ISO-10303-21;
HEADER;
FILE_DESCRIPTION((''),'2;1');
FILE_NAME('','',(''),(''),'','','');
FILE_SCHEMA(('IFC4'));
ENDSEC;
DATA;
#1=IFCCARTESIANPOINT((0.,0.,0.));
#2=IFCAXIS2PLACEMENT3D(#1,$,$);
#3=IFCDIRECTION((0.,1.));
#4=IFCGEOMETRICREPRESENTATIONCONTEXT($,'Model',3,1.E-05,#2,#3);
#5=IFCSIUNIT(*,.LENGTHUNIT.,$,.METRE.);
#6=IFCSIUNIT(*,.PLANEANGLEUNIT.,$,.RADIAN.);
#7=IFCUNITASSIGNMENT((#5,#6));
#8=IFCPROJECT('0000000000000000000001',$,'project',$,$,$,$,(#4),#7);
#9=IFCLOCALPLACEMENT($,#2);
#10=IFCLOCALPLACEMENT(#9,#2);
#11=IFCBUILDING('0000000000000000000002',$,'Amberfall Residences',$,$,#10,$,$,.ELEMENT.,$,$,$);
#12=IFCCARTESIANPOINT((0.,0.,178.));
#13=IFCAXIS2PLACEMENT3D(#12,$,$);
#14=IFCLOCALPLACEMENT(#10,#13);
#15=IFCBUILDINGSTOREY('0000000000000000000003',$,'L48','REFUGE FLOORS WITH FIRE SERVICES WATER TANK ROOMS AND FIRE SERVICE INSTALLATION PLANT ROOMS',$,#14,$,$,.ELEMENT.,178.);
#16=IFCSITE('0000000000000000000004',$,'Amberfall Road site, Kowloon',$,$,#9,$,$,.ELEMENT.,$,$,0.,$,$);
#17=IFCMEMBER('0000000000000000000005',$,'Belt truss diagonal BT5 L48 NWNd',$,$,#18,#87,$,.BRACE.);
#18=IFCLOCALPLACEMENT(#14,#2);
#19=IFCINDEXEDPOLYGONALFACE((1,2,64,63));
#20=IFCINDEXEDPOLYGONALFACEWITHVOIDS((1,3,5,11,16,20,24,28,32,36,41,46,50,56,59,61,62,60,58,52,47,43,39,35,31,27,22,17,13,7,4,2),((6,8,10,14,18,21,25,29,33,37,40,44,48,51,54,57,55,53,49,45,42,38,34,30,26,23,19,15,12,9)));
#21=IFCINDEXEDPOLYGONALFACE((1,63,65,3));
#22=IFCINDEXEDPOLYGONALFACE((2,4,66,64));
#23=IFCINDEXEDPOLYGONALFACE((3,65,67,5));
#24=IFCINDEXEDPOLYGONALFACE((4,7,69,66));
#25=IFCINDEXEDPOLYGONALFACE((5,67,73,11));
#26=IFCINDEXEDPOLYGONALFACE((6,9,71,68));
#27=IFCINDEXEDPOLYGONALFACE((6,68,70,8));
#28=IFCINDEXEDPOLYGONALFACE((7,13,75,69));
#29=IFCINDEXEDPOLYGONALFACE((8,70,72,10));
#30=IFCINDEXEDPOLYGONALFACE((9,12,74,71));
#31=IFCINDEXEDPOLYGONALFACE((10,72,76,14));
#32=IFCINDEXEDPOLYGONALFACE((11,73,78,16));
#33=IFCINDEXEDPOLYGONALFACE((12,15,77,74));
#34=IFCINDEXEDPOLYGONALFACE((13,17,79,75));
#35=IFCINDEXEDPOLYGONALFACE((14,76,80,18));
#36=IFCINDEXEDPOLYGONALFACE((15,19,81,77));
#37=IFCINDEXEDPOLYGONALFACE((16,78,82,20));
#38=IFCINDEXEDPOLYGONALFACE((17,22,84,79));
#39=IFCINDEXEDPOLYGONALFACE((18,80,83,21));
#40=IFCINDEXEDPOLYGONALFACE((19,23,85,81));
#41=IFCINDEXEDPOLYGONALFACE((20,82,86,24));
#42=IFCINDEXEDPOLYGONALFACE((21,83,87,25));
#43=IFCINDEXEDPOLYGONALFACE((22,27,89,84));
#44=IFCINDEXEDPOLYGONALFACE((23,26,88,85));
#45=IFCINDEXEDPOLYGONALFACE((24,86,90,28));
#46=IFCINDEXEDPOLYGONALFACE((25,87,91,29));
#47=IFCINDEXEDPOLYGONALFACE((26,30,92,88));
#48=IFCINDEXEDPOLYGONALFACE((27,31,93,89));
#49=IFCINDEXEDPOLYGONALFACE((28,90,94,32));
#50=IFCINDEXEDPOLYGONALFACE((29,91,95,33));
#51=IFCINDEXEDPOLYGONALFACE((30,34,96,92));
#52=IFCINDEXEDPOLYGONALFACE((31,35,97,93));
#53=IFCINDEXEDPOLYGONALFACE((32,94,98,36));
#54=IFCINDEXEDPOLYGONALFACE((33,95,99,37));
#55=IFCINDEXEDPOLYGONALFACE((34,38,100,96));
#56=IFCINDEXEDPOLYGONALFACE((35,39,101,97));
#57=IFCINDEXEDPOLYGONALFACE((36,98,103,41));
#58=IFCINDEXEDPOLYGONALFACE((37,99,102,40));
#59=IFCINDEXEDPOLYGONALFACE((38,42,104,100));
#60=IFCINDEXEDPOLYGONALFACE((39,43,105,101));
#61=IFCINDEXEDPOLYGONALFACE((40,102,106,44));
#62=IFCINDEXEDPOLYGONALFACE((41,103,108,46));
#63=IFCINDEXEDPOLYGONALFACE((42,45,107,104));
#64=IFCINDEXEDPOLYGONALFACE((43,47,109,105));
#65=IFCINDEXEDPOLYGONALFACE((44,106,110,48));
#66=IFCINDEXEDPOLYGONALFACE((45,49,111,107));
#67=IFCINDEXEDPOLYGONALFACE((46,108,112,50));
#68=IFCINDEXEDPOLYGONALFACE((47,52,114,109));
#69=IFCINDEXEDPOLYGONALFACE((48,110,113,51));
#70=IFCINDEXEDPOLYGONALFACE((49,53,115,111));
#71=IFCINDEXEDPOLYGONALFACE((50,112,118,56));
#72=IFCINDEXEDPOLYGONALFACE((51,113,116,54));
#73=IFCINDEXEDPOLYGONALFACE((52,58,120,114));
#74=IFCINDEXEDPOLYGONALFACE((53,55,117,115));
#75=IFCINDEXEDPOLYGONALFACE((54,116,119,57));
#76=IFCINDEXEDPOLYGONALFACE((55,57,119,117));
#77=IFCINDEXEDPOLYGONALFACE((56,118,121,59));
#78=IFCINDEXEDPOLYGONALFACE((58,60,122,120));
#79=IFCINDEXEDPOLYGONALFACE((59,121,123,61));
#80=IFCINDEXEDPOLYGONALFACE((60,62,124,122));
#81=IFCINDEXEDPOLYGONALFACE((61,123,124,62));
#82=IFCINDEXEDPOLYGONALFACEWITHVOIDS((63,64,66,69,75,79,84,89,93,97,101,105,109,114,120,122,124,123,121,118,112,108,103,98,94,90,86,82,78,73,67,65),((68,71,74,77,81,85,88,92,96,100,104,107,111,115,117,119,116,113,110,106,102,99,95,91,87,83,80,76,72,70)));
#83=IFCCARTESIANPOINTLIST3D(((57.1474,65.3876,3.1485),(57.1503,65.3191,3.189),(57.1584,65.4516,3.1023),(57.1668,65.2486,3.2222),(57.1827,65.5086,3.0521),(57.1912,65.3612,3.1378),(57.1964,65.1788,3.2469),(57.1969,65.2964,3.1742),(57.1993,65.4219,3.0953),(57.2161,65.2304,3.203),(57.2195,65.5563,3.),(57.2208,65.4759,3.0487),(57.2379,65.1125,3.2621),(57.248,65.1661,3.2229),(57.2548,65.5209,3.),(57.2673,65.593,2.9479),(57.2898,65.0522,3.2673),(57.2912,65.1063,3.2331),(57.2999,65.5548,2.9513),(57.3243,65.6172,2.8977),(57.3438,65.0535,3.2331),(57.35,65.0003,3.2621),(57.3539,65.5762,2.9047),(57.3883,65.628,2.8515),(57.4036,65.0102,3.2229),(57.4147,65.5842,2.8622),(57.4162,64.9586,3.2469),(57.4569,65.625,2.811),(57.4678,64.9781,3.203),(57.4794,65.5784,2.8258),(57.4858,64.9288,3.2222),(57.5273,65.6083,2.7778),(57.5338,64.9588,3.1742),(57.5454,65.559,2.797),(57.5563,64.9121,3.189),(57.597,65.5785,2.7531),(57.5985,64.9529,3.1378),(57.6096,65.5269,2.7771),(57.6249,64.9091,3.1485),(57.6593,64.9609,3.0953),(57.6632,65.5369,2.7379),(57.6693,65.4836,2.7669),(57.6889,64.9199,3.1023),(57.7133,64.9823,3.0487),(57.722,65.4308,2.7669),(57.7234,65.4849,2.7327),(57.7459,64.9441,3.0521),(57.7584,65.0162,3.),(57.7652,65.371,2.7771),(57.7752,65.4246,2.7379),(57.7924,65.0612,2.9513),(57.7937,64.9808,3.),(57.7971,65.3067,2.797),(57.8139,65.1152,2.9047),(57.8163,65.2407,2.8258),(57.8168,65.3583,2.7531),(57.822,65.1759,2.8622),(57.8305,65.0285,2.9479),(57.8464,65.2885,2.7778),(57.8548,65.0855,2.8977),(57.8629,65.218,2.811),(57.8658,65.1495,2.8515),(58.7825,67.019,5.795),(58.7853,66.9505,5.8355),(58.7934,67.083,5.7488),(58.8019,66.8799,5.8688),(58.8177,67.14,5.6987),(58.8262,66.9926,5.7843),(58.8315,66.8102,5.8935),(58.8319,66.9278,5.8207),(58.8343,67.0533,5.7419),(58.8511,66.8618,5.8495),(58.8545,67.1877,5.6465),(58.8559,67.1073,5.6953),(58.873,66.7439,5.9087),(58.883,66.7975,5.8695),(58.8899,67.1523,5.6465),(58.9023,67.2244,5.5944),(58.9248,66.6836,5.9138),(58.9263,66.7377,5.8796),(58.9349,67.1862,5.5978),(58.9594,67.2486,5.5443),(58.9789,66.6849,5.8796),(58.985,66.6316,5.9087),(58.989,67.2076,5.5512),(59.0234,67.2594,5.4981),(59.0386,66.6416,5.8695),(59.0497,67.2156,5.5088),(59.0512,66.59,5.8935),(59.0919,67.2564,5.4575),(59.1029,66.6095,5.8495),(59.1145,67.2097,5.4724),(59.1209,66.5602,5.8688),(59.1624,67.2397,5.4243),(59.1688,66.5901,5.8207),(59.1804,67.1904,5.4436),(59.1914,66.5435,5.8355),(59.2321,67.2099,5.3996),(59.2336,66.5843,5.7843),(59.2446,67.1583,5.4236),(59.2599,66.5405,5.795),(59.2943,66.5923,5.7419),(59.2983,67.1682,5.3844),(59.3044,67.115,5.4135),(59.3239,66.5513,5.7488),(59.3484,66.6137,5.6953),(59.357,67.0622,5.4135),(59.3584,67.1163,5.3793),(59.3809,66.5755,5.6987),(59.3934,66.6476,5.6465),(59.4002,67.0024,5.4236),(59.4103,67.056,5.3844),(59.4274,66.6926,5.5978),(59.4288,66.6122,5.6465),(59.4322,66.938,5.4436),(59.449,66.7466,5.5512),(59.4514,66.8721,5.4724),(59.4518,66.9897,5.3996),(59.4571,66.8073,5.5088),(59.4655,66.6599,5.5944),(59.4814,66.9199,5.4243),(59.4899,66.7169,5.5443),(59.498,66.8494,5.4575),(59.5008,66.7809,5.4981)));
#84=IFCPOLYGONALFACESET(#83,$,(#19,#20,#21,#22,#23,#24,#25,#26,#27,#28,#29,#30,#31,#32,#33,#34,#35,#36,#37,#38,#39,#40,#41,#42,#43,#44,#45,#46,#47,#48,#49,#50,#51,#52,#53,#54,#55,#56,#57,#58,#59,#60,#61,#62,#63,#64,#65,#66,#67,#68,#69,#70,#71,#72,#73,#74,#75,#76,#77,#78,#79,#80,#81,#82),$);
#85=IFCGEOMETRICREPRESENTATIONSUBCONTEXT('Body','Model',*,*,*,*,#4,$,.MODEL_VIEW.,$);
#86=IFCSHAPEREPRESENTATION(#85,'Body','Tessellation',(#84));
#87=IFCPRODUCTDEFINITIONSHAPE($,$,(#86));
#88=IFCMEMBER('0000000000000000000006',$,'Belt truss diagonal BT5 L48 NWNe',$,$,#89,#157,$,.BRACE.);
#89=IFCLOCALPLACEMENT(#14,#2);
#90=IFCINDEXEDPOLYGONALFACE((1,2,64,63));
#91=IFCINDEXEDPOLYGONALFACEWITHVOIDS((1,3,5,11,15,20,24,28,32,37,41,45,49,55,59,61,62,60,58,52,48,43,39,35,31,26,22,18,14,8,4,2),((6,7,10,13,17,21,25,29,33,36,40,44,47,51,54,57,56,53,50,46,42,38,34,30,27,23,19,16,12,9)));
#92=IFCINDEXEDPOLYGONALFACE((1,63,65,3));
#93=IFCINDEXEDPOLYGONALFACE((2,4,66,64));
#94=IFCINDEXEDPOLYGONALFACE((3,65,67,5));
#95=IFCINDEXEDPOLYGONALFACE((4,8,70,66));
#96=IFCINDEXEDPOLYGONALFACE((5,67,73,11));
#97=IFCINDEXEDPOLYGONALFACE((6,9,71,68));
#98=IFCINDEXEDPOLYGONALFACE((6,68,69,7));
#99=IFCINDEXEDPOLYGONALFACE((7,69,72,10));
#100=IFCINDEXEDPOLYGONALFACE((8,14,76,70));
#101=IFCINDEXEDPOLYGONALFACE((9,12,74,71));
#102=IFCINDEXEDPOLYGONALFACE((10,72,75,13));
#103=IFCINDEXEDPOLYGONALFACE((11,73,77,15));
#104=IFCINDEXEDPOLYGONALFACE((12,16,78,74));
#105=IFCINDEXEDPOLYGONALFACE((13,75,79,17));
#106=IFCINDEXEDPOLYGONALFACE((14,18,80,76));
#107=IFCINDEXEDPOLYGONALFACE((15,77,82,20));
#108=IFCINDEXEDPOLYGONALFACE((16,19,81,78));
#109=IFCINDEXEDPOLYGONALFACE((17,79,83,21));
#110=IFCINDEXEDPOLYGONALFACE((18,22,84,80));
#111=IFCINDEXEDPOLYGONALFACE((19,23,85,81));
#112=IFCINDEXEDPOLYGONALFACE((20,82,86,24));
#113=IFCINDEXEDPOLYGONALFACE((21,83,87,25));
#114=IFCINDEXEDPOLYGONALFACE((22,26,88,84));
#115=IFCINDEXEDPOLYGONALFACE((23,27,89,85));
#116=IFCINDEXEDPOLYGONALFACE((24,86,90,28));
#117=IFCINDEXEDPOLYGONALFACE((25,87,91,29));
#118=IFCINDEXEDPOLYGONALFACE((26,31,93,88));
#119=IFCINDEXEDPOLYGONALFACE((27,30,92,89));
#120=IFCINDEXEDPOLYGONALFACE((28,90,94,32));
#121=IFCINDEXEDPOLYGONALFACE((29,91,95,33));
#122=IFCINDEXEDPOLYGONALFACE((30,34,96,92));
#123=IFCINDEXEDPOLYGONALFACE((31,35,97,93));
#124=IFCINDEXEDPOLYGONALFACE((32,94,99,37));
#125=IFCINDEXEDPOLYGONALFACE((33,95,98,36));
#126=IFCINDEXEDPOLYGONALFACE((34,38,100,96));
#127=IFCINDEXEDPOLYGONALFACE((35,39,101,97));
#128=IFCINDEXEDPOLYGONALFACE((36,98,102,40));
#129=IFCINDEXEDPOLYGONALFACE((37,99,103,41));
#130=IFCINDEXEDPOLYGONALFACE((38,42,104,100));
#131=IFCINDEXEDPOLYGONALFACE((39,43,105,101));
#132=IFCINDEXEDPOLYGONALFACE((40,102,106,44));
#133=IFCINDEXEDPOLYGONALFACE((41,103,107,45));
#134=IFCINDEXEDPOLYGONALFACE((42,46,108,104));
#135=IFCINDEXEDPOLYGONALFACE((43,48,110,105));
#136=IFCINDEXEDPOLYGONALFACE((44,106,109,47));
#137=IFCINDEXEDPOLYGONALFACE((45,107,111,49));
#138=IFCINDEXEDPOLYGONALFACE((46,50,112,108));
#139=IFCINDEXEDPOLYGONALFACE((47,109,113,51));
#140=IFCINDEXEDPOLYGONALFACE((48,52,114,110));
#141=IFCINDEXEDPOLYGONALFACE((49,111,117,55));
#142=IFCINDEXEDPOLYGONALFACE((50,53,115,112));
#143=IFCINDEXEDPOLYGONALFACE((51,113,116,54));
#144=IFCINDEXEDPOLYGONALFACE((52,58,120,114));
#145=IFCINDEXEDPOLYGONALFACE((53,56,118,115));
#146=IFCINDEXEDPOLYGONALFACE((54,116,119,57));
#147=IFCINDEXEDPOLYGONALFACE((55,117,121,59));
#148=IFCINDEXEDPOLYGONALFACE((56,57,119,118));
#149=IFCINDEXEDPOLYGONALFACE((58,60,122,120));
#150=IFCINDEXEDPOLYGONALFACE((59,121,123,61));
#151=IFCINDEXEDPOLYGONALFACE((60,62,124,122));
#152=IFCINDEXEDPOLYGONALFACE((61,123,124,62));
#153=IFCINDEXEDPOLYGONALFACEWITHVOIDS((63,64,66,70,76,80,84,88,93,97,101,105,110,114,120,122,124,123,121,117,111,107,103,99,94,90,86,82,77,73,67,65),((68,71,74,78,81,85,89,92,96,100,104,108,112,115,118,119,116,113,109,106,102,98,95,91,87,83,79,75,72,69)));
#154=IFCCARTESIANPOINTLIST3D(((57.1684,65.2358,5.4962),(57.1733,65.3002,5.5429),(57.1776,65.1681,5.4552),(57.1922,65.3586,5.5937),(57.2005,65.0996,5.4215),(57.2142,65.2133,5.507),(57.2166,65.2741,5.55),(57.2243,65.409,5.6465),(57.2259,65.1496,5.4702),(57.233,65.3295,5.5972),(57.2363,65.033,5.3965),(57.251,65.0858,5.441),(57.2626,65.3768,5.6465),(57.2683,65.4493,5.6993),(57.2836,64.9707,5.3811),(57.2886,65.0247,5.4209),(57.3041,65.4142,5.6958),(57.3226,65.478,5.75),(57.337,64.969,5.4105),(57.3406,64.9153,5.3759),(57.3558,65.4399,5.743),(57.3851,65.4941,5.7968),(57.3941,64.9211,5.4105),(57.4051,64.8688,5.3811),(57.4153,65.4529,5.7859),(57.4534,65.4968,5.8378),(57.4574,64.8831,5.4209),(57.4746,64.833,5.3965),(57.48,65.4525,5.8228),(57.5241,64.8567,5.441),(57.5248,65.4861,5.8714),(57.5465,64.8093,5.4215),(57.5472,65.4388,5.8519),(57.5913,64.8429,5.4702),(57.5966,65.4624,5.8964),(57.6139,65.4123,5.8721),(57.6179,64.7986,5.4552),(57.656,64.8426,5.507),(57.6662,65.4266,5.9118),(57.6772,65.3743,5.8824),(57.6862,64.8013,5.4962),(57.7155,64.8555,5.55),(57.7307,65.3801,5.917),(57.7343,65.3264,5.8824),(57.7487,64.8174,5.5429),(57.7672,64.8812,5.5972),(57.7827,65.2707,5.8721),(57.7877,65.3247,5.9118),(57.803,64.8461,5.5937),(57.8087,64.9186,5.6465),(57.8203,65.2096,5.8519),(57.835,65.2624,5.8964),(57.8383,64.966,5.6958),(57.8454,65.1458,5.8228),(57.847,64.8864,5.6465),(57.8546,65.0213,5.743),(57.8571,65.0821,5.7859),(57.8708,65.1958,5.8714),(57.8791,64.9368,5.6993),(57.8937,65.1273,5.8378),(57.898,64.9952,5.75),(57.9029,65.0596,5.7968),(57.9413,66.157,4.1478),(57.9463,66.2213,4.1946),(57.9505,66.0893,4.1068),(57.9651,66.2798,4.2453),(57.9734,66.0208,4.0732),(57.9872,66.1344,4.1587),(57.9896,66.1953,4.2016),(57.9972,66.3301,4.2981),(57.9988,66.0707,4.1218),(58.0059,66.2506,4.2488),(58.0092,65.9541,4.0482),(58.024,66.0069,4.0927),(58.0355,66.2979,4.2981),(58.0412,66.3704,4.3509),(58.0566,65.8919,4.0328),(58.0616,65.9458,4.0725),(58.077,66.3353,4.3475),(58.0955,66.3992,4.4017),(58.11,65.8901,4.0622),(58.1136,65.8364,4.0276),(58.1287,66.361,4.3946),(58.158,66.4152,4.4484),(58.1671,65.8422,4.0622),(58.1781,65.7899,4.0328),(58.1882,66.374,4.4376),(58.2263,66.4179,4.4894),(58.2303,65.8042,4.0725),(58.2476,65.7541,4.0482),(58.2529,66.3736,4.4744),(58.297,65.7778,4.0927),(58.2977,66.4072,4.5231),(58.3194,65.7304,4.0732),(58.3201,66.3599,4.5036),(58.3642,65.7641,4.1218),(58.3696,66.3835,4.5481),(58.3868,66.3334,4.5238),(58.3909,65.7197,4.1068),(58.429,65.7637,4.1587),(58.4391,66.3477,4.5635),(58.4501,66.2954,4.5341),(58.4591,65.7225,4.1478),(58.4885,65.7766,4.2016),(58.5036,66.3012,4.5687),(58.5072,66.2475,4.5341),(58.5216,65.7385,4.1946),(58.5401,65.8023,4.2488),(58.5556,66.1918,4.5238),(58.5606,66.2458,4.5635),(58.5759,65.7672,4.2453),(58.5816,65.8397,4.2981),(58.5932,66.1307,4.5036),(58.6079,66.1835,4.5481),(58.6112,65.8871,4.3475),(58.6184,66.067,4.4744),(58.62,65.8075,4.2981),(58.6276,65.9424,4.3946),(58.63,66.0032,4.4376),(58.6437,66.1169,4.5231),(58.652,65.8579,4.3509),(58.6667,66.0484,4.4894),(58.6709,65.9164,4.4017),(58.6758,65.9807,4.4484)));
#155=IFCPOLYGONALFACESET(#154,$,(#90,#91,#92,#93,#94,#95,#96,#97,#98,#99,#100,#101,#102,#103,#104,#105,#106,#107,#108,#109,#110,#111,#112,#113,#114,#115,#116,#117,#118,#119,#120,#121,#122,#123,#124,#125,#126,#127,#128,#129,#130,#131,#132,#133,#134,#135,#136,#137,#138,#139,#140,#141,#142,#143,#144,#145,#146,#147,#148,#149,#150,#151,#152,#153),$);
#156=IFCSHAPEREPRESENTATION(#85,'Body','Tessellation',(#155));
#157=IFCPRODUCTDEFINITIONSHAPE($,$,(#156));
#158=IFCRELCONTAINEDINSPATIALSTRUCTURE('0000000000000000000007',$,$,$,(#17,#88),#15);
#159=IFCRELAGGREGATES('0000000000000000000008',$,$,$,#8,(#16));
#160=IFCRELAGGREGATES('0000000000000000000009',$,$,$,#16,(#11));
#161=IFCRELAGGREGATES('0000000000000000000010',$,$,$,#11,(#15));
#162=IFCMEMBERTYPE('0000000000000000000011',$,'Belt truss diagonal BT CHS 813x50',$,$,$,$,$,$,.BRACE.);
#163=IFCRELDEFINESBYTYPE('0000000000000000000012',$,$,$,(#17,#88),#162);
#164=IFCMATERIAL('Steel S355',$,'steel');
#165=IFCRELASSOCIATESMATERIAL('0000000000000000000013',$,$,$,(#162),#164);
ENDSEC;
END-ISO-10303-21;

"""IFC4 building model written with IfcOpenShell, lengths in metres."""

from ifc_helpers import new_model, si_unit, direction, frame, origin, origin_2d, place, context, subcontext, project, spatial, hollow_circle, extrude, material, material_profile, profile_set, type_object, element, save


model = new_model("IFC4")

# Units and contexts
model_context = context("Model", 3, precision=1e-05, world=origin(), true_north=direction((0.0, 1.0)))
body_context = subcontext(model_context, "Body", "Model", "MODEL_VIEW")
ifc_project = project(units=[si_unit("LENGTHUNIT", "METRE"), si_unit("PLANEANGLEUNIT", "RADIAN")], contexts=[model_context])

# Site, building, storey
site_placement = place(None, origin())
site = spatial("IfcSite", under=ifc_project, at=site_placement, Name="Amberfall Road site, Kowloon", CompositionType="ELEMENT", RefElevation=0.0)
building_placement = place(site_placement, origin())
building = spatial("IfcBuilding", under=site, at=building_placement, Name="Amberfall Residences", CompositionType="ELEMENT")
storey_placement = place(building_placement, frame((0.0, 0.0, 178.0)))
storey = spatial("IfcBuildingStorey", under=building, at=storey_placement, Name="L48", Description="REFUGE FLOORS WITH FIRE SERVICES WATER TANK ROOMS AND FIRE SERVICE INSTALLATION PLANT ROOMS", CompositionType="ELEMENT", Elevation=178.0)

# Shared definitions
ifc_material_1 = material(Name="Steel S355", Category="steel")

# Members
ifc_material_profile_1 = material_profile(ifc_material_1, hollow_circle(Radius=0.4065, WallThickness=0.05, at=origin_2d()), Name="CHS 813x50")
ifc_profile_set_1 = profile_set([ifc_material_profile_1], Name="Steel S355")
member_type = type_object("IfcMemberType", Name="Belt truss diagonal BT CHS 813x50", PredefinedType="BRACE", material=ifc_profile_set_1)
member_1_placement = place(storey_placement, frame((57.5066, 65.2686, 3.0), z_axis=(0.465469, 0.464426, 0.753424), x_axis=(-0.706314, 0.707899, 0.0)))
element("IfcMember", 1, at=member_1_placement, inside=storey, type_object=member_type, Name="Belt truss diagonal BT5 L48 NWNd", PredefinedType="BRACE", context=body_context, shape_type="SweptSolid", body=[
    extrude(hollow_circle(Radius=0.4065, WallThickness=0.05, at=origin_2d()), origin(), (0.0, 0.0, 1.0), 3.5127),
])
member_2_placement = place(storey_placement, frame((57.5356, 65.1477, 5.6465), z_axis=(0.427828, 0.509853, -0.746334), x_axis=(-0.766037, 0.642797, 0.0)))
element("IfcMember", 2, at=member_2_placement, inside=storey, type_object=member_type, Name="Belt truss diagonal BT5 L48 NWNe", PredefinedType="BRACE", context=body_context, shape_type="SweptSolid", body=[
    extrude(hollow_circle(Radius=0.4065, WallThickness=0.05, at=origin_2d()), origin(), (0.0, 0.0, 1.0), 1.8066),
])

save(model, "model.ifc")
